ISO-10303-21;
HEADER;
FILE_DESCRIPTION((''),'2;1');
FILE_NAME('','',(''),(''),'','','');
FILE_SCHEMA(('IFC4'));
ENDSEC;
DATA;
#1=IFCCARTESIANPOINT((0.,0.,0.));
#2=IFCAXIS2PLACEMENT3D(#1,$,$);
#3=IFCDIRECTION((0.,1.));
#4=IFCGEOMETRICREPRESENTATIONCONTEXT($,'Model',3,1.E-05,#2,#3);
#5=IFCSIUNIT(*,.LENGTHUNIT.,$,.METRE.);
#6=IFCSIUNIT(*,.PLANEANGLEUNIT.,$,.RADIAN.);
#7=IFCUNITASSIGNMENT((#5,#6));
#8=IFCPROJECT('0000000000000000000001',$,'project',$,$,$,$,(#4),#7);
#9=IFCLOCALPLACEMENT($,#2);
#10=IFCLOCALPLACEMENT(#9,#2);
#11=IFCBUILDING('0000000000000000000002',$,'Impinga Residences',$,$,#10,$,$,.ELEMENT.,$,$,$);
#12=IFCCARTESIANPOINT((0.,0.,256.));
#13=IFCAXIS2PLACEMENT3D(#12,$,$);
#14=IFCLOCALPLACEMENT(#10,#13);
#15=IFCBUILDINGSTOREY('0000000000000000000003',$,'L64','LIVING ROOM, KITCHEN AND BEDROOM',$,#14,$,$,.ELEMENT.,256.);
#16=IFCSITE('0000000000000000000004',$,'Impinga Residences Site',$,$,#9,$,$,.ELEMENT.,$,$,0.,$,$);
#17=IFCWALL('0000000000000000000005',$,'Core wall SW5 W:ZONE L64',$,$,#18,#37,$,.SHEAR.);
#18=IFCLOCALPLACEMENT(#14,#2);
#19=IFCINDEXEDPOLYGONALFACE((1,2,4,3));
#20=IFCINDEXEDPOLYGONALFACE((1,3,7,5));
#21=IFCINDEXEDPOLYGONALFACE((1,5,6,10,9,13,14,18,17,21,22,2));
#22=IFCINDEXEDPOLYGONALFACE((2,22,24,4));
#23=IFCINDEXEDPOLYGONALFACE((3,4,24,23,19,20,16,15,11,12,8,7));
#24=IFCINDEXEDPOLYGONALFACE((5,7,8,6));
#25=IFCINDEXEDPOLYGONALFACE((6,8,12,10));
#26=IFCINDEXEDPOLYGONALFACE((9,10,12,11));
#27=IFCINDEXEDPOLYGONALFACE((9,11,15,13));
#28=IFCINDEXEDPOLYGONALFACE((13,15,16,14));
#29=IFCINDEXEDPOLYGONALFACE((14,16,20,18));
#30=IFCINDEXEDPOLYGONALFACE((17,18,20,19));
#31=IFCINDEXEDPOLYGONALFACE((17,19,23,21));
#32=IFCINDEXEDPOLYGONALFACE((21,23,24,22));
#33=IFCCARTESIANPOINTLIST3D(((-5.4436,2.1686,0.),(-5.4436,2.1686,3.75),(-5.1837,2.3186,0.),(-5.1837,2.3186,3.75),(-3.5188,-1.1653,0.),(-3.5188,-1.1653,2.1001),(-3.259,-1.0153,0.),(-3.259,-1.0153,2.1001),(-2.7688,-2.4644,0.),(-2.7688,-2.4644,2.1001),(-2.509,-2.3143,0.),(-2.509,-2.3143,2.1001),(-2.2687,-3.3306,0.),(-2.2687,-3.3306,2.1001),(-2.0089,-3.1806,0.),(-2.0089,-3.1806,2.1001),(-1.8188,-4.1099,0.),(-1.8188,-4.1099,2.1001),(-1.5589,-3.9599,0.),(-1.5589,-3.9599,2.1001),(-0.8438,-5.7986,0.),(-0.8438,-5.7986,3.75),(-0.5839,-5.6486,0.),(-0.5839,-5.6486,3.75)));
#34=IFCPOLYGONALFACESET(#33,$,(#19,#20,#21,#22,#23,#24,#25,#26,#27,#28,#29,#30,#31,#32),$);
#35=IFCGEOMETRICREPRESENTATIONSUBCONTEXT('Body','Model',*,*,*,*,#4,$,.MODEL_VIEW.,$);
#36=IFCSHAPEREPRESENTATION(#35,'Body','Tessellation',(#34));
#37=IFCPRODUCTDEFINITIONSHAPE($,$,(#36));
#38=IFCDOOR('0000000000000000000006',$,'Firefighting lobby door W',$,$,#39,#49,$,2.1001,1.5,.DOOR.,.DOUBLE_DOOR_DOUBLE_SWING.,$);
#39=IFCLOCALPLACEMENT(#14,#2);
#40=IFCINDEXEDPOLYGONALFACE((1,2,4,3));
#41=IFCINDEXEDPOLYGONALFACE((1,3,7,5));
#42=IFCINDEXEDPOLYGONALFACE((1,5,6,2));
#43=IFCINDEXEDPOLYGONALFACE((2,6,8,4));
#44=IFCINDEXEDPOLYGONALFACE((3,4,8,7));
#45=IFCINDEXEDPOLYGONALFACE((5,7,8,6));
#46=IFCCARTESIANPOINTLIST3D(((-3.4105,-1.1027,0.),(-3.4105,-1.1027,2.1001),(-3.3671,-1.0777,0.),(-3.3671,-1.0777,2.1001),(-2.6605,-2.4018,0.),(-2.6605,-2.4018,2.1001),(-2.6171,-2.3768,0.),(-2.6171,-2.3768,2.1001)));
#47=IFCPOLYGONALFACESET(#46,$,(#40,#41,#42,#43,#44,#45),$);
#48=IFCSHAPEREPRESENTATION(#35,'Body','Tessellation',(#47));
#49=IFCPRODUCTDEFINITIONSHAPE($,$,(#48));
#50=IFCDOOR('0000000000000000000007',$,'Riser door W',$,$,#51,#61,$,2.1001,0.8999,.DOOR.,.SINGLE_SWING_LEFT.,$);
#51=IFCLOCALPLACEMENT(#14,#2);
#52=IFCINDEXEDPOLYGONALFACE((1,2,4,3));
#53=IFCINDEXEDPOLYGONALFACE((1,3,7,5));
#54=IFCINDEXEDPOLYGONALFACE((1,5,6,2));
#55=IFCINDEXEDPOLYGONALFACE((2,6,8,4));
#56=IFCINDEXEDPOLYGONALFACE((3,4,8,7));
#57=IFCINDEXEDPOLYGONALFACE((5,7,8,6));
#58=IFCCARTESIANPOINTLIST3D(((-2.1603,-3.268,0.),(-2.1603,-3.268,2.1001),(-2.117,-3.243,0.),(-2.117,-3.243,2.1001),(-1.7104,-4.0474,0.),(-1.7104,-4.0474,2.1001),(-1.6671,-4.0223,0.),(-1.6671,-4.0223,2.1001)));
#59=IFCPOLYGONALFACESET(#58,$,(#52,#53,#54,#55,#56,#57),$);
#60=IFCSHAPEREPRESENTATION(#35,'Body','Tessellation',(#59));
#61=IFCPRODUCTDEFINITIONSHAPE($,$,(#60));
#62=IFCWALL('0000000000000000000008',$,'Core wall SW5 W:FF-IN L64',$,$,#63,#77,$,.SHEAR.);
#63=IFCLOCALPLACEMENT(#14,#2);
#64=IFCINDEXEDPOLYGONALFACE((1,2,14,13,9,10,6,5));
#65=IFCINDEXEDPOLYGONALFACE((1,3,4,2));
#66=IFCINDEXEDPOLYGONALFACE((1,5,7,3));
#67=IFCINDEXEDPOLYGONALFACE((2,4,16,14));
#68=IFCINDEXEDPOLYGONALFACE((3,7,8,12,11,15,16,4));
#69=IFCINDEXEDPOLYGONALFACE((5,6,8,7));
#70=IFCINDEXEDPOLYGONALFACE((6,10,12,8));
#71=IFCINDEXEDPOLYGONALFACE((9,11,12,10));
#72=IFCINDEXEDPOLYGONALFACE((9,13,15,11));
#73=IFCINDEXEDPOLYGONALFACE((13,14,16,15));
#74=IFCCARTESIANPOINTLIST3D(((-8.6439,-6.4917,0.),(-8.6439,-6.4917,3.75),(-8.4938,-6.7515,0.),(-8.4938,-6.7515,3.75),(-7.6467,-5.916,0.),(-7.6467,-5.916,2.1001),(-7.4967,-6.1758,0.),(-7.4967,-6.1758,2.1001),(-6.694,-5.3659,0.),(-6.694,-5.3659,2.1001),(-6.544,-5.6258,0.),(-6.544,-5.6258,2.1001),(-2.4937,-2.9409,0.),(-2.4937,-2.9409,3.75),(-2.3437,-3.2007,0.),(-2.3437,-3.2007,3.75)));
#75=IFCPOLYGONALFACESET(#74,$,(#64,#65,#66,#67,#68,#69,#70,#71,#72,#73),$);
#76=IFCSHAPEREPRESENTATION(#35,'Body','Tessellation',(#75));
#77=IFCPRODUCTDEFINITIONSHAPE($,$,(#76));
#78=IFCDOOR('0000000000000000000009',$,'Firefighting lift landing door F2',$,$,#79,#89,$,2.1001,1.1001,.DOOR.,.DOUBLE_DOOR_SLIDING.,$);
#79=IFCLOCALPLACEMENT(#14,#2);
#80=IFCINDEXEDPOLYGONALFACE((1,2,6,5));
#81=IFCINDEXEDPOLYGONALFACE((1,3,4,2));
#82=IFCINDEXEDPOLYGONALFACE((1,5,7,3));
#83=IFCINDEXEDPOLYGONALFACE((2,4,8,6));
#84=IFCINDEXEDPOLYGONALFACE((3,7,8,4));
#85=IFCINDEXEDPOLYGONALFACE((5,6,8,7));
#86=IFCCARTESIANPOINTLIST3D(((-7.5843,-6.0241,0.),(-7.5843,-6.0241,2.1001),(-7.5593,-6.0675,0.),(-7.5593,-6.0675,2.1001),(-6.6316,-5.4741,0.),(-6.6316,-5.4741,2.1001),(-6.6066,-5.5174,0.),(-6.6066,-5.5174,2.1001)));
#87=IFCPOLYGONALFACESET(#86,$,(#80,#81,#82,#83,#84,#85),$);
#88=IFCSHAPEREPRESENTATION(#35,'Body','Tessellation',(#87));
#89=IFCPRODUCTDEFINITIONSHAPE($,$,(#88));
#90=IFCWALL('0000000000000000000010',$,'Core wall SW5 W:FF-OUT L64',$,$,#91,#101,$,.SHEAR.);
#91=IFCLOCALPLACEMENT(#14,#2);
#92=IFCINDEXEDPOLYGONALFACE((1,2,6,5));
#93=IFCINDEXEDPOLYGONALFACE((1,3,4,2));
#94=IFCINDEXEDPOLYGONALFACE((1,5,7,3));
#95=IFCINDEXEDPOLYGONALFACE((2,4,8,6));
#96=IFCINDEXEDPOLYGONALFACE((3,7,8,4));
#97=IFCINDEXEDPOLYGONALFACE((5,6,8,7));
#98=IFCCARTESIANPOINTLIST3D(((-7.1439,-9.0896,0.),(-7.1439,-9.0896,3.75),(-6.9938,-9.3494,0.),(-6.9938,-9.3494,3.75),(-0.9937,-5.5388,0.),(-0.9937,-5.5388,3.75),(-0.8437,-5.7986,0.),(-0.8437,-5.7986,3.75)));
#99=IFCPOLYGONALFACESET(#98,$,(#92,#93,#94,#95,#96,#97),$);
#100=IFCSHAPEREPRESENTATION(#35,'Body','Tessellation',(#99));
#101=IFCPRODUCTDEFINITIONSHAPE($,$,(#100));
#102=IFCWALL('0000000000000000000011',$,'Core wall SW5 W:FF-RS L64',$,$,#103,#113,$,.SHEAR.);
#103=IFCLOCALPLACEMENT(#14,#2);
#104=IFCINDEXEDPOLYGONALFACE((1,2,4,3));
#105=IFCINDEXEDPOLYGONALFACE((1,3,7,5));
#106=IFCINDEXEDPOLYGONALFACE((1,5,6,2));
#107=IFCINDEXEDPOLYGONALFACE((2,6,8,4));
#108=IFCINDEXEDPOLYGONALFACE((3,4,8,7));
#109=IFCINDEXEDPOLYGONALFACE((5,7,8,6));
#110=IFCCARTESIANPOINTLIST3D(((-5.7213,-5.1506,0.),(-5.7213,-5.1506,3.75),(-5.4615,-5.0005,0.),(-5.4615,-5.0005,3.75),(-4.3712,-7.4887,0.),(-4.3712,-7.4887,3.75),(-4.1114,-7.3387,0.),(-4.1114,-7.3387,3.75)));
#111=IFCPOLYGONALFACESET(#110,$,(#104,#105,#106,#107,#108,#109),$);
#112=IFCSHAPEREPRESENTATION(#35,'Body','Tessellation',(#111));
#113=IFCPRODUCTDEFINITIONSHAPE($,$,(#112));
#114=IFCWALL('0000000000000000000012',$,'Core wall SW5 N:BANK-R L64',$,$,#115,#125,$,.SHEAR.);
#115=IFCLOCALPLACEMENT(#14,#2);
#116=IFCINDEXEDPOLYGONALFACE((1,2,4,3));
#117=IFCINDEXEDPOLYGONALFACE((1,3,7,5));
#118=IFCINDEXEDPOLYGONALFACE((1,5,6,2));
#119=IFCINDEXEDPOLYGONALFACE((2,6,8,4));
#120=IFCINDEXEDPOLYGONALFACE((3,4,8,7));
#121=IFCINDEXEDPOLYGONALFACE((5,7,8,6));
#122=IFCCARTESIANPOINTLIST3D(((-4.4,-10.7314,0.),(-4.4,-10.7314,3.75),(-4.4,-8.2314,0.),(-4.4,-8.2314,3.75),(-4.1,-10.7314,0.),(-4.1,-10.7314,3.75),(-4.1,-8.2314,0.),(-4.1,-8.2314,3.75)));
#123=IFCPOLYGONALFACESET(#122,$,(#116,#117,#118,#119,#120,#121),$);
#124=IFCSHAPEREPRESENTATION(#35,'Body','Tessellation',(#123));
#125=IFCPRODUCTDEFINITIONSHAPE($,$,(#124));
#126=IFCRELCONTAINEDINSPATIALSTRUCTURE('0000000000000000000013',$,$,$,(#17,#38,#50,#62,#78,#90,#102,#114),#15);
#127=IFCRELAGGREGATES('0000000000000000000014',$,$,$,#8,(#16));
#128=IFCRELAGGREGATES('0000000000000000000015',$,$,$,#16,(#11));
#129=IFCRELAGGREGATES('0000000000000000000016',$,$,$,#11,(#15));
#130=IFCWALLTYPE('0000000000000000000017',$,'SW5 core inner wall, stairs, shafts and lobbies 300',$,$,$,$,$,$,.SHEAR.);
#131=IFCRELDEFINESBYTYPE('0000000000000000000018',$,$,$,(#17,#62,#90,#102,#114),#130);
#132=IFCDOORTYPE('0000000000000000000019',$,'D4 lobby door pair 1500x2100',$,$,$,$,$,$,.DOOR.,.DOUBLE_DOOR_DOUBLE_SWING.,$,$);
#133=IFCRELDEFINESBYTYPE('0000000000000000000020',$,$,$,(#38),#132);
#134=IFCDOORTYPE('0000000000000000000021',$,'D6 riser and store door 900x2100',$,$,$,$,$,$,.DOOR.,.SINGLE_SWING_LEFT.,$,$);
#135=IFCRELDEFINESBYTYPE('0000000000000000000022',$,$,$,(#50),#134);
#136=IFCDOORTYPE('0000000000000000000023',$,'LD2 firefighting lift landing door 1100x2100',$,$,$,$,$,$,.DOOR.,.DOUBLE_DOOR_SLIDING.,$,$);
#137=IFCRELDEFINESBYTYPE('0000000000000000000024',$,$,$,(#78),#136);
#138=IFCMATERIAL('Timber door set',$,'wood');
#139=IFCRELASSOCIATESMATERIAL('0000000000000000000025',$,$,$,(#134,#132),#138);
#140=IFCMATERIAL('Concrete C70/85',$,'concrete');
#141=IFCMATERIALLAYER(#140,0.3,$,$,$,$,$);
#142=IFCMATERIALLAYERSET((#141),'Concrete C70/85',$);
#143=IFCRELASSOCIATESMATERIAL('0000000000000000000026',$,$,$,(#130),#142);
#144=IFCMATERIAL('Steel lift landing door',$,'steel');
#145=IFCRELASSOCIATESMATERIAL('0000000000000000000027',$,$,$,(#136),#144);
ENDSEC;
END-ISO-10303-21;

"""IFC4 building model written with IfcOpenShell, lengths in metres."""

from ifc_helpers import new_model, si_unit, direction, frame, frame_2d, origin, place, context, subcontext, project, spatial, rectangle, extrude, material, layer, layer_set, type_object, element, fill, save


model = new_model("IFC4")

# Units and contexts
model_context = context("Model", 3, precision=1e-05, world=origin(), true_north=direction((0.0, 1.0)))
body_context = subcontext(model_context, "Body", "Model", "MODEL_VIEW")
ifc_project = project(units=[si_unit("LENGTHUNIT", "METRE"), si_unit("PLANEANGLEUNIT", "RADIAN")], contexts=[model_context])

# Site, building, storey
site_placement = place(None, origin())
site = spatial("IfcSite", under=ifc_project, at=site_placement, Name="Impinga Residences Site", CompositionType="ELEMENT", RefElevation=0.0)
building_placement = place(site_placement, origin())
building = spatial("IfcBuilding", under=site, at=building_placement, Name="Impinga Residences", CompositionType="ELEMENT")
storey_placement = place(building_placement, frame((0.0, 0.0, 256.0)))
storey = spatial("IfcBuildingStorey", under=building, at=storey_placement, Name="L64", Description="LIVING ROOM, KITCHEN AND BEDROOM", CompositionType="ELEMENT", Elevation=256.0)

# Shared definitions
ifc_material_1 = material(Name="Timber door set", Category="wood")

# Shared definitions
door_type_1 = type_object("IfcDoorType", Name="D6 riser and store door 900x2100", OperationType="SINGLE_SWING_LEFT", PredefinedType="DOOR", material=ifc_material_1)

# Wall, openings, doors
ifc_material_2 = material(Name="Concrete C70/85", Category="concrete")
ifc_layer_1 = layer(ifc_material_2, 0.3)
ifc_layer_set_1 = layer_set([ifc_layer_1], Name="Concrete C70/85")
wall_type_1 = type_object("IfcWallType", Name="SW5 core inner wall, stairs, shafts and lobbies 300", PredefinedType="SHEAR", material=ifc_layer_set_1)
wall_1_placement = place(storey_placement, frame((-0.7139, -5.7236, 0.0), z_axis=(0.0, 0.0, 1.0), x_axis=(-0.499995, 0.866028, 0.0)))
wall_1 = element("IfcWall", 1, at=wall_1_placement, inside=storey, type_object=wall_type_1, Name="Core wall SW5 W:ZONE L64", PredefinedType="SHEAR", context=body_context, shape_type="SweptSolid", body=[
    extrude(rectangle(XDim=9.1997, YDim=0.3, at=frame_2d((4.5999, 0.0))), origin(), (0.0, 0.0, 1.0), 3.75),
])
opening_1_placement = place(wall_1_placement, frame((3.8501, 0.0, 0.0)))
opening_1 = element("IfcOpeningElement", 2, at=opening_1_placement, cuts=wall_1, PredefinedType="OPENING", context=body_context, shape_type="SweptSolid", body=[
    extrude(rectangle(XDim=1.5, YDim=2.1001, at=frame_2d((0.75, 1.05))), frame((0.0, 0.1599, 0.0), z_axis=(0.0, -1.0, 0.0), x_axis=(1.0, 0.0, 0.0)), (0.0, 0.0, 1.0), 0.3201),
])
opening_2_placement = place(wall_1_placement, frame((1.95, 0.0, 0.0)))
opening_2 = element("IfcOpeningElement", 3, at=opening_2_placement, cuts=wall_1, PredefinedType="OPENING", context=body_context, shape_type="SweptSolid", body=[
    extrude(rectangle(XDim=0.8999, YDim=2.1001, at=frame_2d((0.45, 1.05))), frame((0.0, 0.1599, 0.0), z_axis=(0.0, -1.0, 0.0), x_axis=(1.0, 0.0, 0.0)), (0.0, 0.0, 1.0), 0.3201),
])
door_type_2 = type_object("IfcDoorType", Name="D4 lobby door pair 1500x2100", OperationType="DOUBLE_DOOR_DOUBLE_SWING", PredefinedType="DOOR", material=ifc_material_1)
door_1_placement = place(opening_1_placement, origin())
door_1 = element("IfcDoor", 4, at=door_1_placement, inside=storey, type_object=door_type_2, Name="Firefighting lobby door W", OperationType="DOUBLE_DOOR_DOUBLE_SWING", OverallHeight=2.1001, OverallWidth=1.5, PredefinedType="DOOR", context=body_context, shape_type="SweptSolid", body=[
    extrude(rectangle(XDim=1.5, YDim=2.1001, at=frame_2d((0.75, 1.05))), frame((0.0, 0.0249, 0.0), z_axis=(0.0, -1.0, 0.0), x_axis=(1.0, 0.0, 0.0)), (0.0, 0.0, 1.0), 0.05),
])
fill(opening_1, door_1)
door_2_placement = place(opening_2_placement, origin())
door_2 = element("IfcDoor", 5, at=door_2_placement, inside=storey, type_object=door_type_1, Name="Riser door W", OperationType="SINGLE_SWING_LEFT", OverallHeight=2.1001, OverallWidth=0.8999, PredefinedType="DOOR", context=body_context, shape_type="SweptSolid", body=[
    extrude(rectangle(XDim=0.8999, YDim=2.1001, at=frame_2d((0.45, 1.05))), frame((0.0, 0.0249, 0.0), z_axis=(0.0, -1.0, 0.0), x_axis=(1.0, 0.0, 0.0)), (0.0, 0.0, 1.0), 0.05),
])
fill(opening_2, door_2)

# Wall, opening, door
wall_2_placement = place(storey_placement, frame((-2.4187, -3.0708, 0.0), z_axis=(0.0, 0.0, 1.0), x_axis=(-0.866026, -0.499999, 0.0)))
wall_2 = element("IfcWall", 6, at=wall_2_placement, inside=storey, type_object=wall_type_1, Name="Core wall SW5 W:FF-IN L64", PredefinedType="SHEAR", context=body_context, shape_type="SweptSolid", body=[
    extrude(rectangle(XDim=7.1016, YDim=0.3, at=frame_2d((3.5508, 0.0))), origin(), (0.0, 0.0, 1.0), 3.75),
])
opening_3_placement = place(wall_2_placement, frame((4.8501, 0.0, 0.0)))
opening_3 = element("IfcOpeningElement", 7, at=opening_3_placement, cuts=wall_2, PredefinedType="OPENING", context=body_context, shape_type="SweptSolid", body=[
    extrude(rectangle(XDim=1.1001, YDim=2.1001, at=frame_2d((0.55, 1.05))), frame((0.0, 0.1599, 0.0), z_axis=(0.0, -1.0, 0.0), x_axis=(1.0, 0.0, 0.0)), (0.0, 0.0, 1.0), 0.3201),
])
ifc_material_3 = material(Name="Steel lift landing door", Category="steel")
door_type_3 = type_object("IfcDoorType", Name="LD2 firefighting lift landing door 1100x2100", OperationType="DOUBLE_DOOR_SLIDING", PredefinedType="DOOR", material=ifc_material_3)
door_3_placement = place(opening_3_placement, origin())
door_3 = element("IfcDoor", 8, at=door_3_placement, inside=storey, type_object=door_type_3, Name="Firefighting lift landing door F2", OperationType="DOUBLE_DOOR_SLIDING", OverallHeight=2.1001, OverallWidth=1.1001, PredefinedType="DOOR", context=body_context, shape_type="SweptSolid", body=[
    extrude(rectangle(XDim=1.1001, YDim=2.1001, at=frame_2d((0.55, 1.05))), frame((0.0, 0.0249, 0.0), z_axis=(0.0, -1.0, 0.0), x_axis=(1.0, 0.0, 0.0)), (0.0, 0.0, 1.0), 0.05),
])
fill(opening_3, door_3)

# Walls
wall_3_placement = place(storey_placement, frame((-0.9187, -5.6687, 0.0), z_axis=(0.0, 0.0, 1.0), x_axis=(-0.866026, -0.499999, 0.0)))
element("IfcWall", 9, at=wall_3_placement, inside=storey, type_object=wall_type_1, Name="Core wall SW5 W:FF-OUT L64", PredefinedType="SHEAR", context=body_context, shape_type="SweptSolid", body=[
    extrude(rectangle(XDim=7.1016, YDim=0.3, at=frame_2d((3.5508, 0.0))), origin(), (0.0, 0.0, 1.0), 3.75),
])
wall_4_placement = place(storey_placement, frame((-4.2412, -7.4138, 0.0), z_axis=(0.0, 0.0, 1.0), x_axis=(-0.500049, 0.865997, 0.0)))
element("IfcWall", 10, at=wall_4_placement, inside=storey, type_object=wall_type_1, Name="Core wall SW5 W:FF-RS L64", PredefinedType="SHEAR", context=body_context, shape_type="SweptSolid", body=[
    extrude(rectangle(XDim=2.7, YDim=0.3, at=frame_2d((1.3501, 0.0))), origin(), (0.0, 0.0, 1.0), 3.75),
])
wall_5_placement = place(storey_placement, frame((-4.25, -8.2314, 0.0), z_axis=(0.0, 0.0, 1.0), x_axis=(0.0, -1.0, 0.0)))
element("IfcWall", 11, at=wall_5_placement, inside=storey, type_object=wall_type_1, Name="Core wall SW5 N:BANK-R L64", PredefinedType="SHEAR", context=body_context, shape_type="SweptSolid", body=[
    extrude(rectangle(XDim=2.5, YDim=0.3, at=frame_2d((1.25, 0.0))), origin(), (0.0, 0.0, 1.0), 3.75),
])

save(model, "model.ifc")
